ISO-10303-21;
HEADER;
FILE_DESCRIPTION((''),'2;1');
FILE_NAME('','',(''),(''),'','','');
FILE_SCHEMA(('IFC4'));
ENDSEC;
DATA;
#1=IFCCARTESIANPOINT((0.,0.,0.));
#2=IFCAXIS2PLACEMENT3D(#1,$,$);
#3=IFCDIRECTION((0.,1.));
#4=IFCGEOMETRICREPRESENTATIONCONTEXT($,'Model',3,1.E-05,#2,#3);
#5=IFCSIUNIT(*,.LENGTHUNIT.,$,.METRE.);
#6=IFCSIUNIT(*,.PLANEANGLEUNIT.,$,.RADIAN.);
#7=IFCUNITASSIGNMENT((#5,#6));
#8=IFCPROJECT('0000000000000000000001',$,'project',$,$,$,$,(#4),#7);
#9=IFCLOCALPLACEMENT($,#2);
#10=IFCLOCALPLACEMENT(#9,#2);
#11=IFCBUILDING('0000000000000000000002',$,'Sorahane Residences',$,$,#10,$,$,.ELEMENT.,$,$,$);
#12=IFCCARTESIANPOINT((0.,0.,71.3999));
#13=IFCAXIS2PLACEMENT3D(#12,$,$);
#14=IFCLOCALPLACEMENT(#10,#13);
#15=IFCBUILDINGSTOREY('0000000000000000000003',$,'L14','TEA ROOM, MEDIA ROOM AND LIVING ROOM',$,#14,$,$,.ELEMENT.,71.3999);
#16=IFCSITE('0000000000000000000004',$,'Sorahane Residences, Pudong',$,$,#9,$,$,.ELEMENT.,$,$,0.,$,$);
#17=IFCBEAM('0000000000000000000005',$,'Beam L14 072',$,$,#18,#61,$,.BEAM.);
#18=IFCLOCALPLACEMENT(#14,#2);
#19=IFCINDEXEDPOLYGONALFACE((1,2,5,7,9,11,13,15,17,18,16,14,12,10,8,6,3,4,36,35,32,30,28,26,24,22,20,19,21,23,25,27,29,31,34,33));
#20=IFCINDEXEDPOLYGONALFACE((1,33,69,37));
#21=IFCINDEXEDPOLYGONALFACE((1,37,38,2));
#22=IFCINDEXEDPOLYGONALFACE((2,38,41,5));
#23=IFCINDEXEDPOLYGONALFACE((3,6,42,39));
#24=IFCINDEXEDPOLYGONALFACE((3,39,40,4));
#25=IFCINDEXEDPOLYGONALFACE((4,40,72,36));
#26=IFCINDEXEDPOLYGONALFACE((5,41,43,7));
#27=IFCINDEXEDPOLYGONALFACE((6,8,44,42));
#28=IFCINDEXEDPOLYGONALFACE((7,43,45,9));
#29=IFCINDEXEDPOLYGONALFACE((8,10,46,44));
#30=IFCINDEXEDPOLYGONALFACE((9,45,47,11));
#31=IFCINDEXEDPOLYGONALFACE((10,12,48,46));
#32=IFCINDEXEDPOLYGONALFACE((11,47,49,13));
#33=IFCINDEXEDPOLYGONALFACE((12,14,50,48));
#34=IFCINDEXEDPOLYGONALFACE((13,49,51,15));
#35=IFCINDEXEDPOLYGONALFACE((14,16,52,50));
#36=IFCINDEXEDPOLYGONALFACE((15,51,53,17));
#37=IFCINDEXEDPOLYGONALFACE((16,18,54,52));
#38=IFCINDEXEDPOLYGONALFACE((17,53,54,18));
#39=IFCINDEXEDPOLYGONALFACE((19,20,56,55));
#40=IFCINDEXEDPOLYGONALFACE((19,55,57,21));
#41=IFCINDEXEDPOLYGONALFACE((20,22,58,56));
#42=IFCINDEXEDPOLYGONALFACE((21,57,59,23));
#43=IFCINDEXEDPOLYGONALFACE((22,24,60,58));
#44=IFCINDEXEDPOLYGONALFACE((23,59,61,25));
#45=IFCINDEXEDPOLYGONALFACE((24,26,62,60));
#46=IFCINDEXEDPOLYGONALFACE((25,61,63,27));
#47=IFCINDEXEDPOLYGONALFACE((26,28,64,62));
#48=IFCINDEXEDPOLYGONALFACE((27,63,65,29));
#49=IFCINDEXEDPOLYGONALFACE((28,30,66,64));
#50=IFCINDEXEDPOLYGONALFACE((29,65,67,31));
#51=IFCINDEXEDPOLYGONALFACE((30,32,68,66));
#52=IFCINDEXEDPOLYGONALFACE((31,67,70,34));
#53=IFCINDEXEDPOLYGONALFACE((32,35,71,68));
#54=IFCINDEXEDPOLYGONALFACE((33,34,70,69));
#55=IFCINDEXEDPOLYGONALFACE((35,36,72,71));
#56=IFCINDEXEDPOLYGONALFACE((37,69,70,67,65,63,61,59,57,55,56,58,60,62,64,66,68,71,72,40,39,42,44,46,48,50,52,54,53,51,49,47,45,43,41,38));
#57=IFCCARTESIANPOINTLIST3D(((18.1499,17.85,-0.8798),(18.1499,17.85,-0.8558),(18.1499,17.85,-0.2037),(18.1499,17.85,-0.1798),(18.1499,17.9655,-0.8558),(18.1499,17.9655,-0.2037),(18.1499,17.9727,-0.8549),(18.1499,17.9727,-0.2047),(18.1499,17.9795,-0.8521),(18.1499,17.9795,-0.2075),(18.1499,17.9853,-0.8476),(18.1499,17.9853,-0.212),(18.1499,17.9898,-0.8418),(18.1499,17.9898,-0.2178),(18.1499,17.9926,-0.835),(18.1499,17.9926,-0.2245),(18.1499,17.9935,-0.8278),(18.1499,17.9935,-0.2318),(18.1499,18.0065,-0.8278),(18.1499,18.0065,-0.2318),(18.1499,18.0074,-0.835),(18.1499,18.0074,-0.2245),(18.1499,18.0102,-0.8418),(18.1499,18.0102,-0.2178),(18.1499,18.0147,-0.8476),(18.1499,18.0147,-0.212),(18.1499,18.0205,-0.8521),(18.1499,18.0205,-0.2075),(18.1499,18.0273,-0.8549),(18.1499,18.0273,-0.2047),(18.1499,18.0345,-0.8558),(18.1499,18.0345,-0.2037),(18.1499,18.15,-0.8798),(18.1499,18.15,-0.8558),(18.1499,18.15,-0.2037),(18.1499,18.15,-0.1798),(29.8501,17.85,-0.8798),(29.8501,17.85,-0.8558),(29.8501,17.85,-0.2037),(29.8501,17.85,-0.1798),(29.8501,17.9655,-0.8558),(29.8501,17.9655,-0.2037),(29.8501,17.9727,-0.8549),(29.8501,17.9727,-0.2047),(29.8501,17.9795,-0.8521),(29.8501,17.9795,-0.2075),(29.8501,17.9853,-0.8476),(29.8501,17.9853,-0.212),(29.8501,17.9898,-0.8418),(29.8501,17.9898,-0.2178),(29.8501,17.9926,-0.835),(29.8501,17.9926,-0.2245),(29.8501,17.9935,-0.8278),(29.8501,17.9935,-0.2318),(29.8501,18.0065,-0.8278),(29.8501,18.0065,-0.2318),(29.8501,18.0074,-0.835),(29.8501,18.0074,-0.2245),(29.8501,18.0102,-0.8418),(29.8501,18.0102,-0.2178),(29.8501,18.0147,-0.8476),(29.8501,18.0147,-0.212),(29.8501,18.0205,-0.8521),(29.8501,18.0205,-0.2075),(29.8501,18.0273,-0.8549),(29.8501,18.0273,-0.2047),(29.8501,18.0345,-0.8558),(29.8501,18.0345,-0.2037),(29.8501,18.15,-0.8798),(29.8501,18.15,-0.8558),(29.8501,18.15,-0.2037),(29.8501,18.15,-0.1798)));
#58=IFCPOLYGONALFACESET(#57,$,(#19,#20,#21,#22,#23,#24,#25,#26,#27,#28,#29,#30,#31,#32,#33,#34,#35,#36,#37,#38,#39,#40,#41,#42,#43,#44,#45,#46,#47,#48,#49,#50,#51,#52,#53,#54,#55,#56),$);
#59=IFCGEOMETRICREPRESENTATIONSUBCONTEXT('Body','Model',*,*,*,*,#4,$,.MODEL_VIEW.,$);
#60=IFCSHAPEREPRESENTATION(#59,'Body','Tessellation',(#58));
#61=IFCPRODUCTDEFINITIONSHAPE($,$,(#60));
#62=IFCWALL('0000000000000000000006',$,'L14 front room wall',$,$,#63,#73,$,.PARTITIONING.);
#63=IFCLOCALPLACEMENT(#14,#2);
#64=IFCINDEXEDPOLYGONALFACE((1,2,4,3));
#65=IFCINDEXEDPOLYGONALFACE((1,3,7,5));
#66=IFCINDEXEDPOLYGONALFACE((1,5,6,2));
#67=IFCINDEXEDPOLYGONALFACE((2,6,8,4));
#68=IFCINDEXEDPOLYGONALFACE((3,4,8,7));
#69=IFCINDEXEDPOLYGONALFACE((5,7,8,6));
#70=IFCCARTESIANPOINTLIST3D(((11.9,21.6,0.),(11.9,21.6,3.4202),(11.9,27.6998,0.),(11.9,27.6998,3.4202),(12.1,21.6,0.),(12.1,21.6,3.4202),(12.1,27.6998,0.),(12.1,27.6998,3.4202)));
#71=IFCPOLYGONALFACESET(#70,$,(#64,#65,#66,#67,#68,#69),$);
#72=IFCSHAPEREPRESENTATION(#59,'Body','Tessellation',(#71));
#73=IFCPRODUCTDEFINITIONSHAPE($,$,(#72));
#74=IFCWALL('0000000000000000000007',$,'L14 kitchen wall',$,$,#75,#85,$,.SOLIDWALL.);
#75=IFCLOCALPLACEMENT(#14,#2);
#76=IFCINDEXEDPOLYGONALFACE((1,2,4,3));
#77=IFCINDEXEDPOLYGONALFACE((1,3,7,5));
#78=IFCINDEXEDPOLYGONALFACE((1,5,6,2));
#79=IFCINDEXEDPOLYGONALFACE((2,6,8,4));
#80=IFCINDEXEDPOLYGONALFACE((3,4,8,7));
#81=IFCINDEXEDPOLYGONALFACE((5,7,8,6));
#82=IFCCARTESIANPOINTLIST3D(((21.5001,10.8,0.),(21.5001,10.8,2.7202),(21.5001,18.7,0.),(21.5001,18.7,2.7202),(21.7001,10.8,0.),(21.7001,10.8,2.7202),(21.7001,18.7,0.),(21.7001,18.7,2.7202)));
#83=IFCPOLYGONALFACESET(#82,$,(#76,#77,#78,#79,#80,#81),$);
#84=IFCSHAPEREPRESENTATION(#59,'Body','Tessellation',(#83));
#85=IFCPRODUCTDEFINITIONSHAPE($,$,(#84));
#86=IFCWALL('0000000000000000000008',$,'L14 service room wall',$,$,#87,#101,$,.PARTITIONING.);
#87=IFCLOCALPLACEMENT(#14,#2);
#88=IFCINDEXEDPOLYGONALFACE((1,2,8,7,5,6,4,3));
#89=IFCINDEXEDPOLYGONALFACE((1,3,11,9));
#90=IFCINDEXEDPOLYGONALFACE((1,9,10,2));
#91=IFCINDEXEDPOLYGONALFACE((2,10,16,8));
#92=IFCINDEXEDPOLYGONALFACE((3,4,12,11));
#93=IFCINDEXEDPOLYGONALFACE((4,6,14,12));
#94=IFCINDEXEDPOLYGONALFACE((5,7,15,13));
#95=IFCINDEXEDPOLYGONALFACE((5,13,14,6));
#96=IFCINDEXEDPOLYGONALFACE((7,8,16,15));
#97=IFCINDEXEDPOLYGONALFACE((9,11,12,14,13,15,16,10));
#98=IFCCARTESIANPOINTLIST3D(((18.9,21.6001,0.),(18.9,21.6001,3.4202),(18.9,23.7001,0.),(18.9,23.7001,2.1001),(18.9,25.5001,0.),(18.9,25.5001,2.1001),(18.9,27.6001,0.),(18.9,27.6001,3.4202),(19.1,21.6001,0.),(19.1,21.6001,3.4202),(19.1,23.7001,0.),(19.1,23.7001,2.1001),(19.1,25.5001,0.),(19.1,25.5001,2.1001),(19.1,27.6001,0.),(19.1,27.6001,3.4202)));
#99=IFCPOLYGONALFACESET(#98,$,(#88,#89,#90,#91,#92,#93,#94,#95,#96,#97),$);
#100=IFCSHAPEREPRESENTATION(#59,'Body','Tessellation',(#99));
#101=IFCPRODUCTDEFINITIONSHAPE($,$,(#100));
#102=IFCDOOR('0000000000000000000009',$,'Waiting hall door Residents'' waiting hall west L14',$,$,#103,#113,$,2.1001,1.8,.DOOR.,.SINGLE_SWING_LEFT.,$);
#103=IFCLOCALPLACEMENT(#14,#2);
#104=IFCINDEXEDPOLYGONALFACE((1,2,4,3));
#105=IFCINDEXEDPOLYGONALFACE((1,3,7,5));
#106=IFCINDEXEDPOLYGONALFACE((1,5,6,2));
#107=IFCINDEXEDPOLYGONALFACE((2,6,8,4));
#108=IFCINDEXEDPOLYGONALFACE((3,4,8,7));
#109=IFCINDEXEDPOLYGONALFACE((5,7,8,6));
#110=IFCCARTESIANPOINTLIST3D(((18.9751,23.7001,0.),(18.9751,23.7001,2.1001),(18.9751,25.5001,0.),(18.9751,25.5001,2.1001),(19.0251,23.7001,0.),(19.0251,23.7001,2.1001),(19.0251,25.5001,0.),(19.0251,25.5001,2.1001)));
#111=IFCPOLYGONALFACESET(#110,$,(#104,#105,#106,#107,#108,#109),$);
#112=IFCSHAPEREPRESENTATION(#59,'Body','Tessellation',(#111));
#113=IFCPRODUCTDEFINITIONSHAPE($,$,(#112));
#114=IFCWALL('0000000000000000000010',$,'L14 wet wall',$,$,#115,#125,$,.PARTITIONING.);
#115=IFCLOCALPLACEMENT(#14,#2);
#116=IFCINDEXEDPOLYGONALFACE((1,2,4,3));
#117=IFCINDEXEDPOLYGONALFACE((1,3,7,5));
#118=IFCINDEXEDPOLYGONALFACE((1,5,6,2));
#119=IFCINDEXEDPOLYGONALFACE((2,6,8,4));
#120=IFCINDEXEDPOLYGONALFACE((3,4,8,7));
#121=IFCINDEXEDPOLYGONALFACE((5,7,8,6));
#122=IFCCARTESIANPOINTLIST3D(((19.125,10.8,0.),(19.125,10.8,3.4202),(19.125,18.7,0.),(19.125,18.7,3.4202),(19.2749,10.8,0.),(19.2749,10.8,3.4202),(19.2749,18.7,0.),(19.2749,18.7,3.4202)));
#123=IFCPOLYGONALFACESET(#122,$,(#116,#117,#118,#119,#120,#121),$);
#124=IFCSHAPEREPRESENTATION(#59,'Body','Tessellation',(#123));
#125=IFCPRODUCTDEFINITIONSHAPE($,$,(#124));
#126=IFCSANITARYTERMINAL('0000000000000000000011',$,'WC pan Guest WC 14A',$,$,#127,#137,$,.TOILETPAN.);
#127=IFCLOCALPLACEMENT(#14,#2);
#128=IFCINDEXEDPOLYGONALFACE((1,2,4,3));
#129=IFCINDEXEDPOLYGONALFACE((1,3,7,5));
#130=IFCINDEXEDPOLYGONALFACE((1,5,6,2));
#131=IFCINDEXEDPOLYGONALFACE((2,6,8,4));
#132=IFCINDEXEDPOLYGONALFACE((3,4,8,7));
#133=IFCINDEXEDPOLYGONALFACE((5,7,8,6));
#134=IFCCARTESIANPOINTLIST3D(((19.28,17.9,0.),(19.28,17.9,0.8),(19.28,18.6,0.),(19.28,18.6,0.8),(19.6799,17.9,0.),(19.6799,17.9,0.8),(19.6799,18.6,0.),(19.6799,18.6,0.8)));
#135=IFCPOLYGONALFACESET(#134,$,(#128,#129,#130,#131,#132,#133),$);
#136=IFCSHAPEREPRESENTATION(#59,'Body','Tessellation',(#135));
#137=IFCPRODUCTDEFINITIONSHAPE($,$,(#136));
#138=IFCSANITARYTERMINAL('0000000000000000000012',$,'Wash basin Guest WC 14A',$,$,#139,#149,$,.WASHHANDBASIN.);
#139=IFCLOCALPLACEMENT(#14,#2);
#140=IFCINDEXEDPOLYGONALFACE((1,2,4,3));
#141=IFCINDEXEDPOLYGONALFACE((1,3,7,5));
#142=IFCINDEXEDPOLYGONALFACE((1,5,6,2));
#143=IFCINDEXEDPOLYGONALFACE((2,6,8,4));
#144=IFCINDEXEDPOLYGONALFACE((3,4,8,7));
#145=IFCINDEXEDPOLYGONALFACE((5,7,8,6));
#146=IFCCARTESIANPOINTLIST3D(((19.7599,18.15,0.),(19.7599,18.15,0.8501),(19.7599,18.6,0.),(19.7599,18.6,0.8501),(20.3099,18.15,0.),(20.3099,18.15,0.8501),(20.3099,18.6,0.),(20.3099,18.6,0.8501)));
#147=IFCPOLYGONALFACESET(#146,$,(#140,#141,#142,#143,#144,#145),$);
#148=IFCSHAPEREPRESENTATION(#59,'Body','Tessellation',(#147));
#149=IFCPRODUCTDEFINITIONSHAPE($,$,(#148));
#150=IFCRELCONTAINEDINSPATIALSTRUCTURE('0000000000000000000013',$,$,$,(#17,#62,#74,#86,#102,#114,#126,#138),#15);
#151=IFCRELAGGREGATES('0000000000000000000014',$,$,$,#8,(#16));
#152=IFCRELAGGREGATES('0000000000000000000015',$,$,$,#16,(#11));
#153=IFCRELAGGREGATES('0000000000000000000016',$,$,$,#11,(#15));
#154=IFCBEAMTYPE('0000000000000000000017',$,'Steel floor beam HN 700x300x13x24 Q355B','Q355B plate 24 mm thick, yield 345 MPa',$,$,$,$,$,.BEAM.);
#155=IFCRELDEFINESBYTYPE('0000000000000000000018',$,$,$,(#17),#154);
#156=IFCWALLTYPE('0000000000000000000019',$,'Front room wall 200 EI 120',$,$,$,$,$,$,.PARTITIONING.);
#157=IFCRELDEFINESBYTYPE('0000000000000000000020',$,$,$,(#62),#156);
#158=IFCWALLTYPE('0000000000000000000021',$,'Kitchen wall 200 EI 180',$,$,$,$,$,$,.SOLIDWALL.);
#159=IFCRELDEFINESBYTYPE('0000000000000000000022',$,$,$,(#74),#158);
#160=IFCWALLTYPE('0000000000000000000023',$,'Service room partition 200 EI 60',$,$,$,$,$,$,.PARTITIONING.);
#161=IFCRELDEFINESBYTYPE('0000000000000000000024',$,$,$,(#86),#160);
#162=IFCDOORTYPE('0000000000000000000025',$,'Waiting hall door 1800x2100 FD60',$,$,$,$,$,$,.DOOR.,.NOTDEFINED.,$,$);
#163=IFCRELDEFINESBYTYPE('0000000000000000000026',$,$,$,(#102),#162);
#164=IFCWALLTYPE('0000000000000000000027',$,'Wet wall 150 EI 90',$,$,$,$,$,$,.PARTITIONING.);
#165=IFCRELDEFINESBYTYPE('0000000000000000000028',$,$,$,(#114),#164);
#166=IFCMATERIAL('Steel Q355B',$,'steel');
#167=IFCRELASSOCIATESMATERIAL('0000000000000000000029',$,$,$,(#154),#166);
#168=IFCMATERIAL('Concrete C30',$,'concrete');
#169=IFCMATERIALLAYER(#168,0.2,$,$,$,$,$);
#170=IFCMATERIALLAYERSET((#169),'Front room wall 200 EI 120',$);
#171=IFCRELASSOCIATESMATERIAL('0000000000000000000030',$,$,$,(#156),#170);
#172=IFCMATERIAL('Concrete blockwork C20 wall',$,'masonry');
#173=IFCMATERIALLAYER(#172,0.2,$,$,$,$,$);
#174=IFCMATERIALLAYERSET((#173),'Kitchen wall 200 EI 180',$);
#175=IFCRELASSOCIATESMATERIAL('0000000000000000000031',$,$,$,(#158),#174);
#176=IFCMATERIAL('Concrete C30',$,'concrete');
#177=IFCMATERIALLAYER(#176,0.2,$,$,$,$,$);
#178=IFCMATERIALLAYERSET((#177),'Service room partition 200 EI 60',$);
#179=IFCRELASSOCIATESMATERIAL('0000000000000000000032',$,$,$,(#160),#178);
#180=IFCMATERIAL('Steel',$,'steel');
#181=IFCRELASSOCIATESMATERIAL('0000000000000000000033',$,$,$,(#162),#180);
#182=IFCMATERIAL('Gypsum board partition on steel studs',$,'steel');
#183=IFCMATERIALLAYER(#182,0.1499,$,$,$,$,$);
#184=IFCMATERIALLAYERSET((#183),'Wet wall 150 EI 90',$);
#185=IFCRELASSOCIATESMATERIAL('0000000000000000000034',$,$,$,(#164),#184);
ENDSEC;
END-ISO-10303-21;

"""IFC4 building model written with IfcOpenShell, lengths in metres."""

from ifc_helpers import new_model, si_unit, direction, frame, frame_2d, origin, origin_2d, place, context, subcontext, project, spatial, rectangle, i_section, extrude, material, layer, layer_set, material_profile, profile_set, type_object, element, fill, save


model = new_model("IFC4")

# Units and contexts
model_context = context("Model", 3, precision=1e-05, world=origin(), true_north=direction((0.0, 1.0)))
body_context = subcontext(model_context, "Body", "Model", "MODEL_VIEW")
ifc_project = project(units=[si_unit("LENGTHUNIT", "METRE"), si_unit("PLANEANGLEUNIT", "RADIAN")], contexts=[model_context])

# Site, building, storey
site_placement = place(None, origin())
site = spatial("IfcSite", under=ifc_project, at=site_placement, Name="Sorahane Residences, Pudong", CompositionType="ELEMENT", RefElevation=0.0)
building_placement = place(site_placement, origin())
building = spatial("IfcBuilding", under=site, at=building_placement, Name="Sorahane Residences", CompositionType="ELEMENT")
storey_placement = place(building_placement, frame((0.0, 0.0, 71.3999)))
storey = spatial("IfcBuildingStorey", under=building, at=storey_placement, Name="L14", Description="TEA ROOM, MEDIA ROOM AND LIVING ROOM", CompositionType="ELEMENT", Elevation=71.3999)

# Beam
ifc_material_1 = material(Name="Steel Q355B", Category="steel")
ifc_material_profile_1 = material_profile(ifc_material_1, i_section(OverallWidth=0.3, OverallDepth=0.7, WebThickness=0.0129, FlangeThickness=0.0239, FilletRadius=0.0281, at=origin_2d()), Name="HN 700x300x13x24")
ifc_profile_set_1 = profile_set([ifc_material_profile_1], Name="Steel Q355B")
beam_type_1 = type_object("IfcBeamType", Name="Steel floor beam HN 700x300x13x24 Q355B", Description="Q355B plate 24 mm thick, yield 345 MPa", PredefinedType="BEAM", material=ifc_profile_set_1)
beam_1_placement = place(storey_placement, frame((18.1499, 18.0, -0.5298), z_axis=(1.0, 0.0, 0.0), x_axis=(0.0, 1.0, 0.0)))
element("IfcBeam", 1, at=beam_1_placement, inside=storey, type_object=beam_type_1, Name="Beam L14 072", PredefinedType="BEAM", context=body_context, shape_type="SweptSolid", body=[
    extrude(i_section(OverallWidth=0.3, OverallDepth=0.7, WebThickness=0.0129, FlangeThickness=0.0239, FilletRadius=0.0281, at=origin_2d()), origin(), (0.0, 0.0, 1.0), 11.7002),
])

# Walls
ifc_material_2 = material(Name="Concrete C30", Category="concrete")
ifc_layer_1 = layer(ifc_material_2, 0.2)
ifc_layer_set_1 = layer_set([ifc_layer_1], Name="Front room wall 200 EI 120")
wall_type_1 = type_object("IfcWallType", Name="Front room wall 200 EI 120", PredefinedType="PARTITIONING", material=ifc_layer_set_1)
wall_1_placement = place(storey_placement, frame((12.0, 21.6001, 0.0), z_axis=(0.0, 0.0, 1.0), x_axis=(0.0, 1.0, 0.0)))
element("IfcWall", 2, at=wall_1_placement, inside=storey, type_object=wall_type_1, Name="L14 front room wall", PredefinedType="PARTITIONING", context=body_context, shape_type="SweptSolid", body=[
    extrude(rectangle(XDim=6.0999, YDim=0.2, at=frame_2d((3.0498, 0.0))), origin(), (0.0, 0.0, 1.0), 3.4202),
])
ifc_material_3 = material(Name="Concrete blockwork C20 wall", Category="masonry")
ifc_layer_2 = layer(ifc_material_3, 0.2)
ifc_layer_set_2 = layer_set([ifc_layer_2], Name="Kitchen wall 200 EI 180")
wall_type_2 = type_object("IfcWallType", Name="Kitchen wall 200 EI 180", PredefinedType="SOLIDWALL", material=ifc_layer_set_2)
wall_2_placement = place(storey_placement, frame((21.6001, 10.8, 0.0), z_axis=(0.0, 0.0, 1.0), x_axis=(0.0, 1.0, 0.0)))
element("IfcWall", 3, at=wall_2_placement, inside=storey, type_object=wall_type_2, Name="L14 kitchen wall", PredefinedType="SOLIDWALL", context=body_context, shape_type="SweptSolid", body=[
    extrude(rectangle(XDim=7.8999, YDim=0.2, at=frame_2d((3.95, 0.0))), origin(), (0.0, 0.0, 1.0), 2.7202),
])

# Wall, opening, door
ifc_material_4 = material(Name="Concrete C30", Category="concrete")
ifc_layer_3 = layer(ifc_material_4, 0.2)
ifc_layer_set_3 = layer_set([ifc_layer_3], Name="Service room partition 200 EI 60")
wall_type_3 = type_object("IfcWallType", Name="Service room partition 200 EI 60", PredefinedType="PARTITIONING", material=ifc_layer_set_3)
wall_3_placement = place(storey_placement, frame((19.0, 21.6001, 0.0), z_axis=(0.0, 0.0, 1.0), x_axis=(0.0, 1.0, 0.0)))
wall_3 = element("IfcWall", 4, at=wall_3_placement, inside=storey, type_object=wall_type_3, Name="L14 service room wall", PredefinedType="PARTITIONING", context=body_context, shape_type="SweptSolid", body=[
    extrude(rectangle(XDim=6.0, YDim=0.2, at=frame_2d((3.0, 0.0))), origin(), (0.0, 0.0, 1.0), 3.4202),
])
opening_1_placement = place(wall_3_placement, frame((2.1001, 0.0, 0.0)))
opening_1 = element("IfcOpeningElement", 5, at=opening_1_placement, cuts=wall_3, PredefinedType="OPENING", context=body_context, shape_type="SweptSolid", body=[
    extrude(rectangle(XDim=1.8, YDim=2.1001, at=frame_2d((0.8999, 1.05))), frame((0.0, 0.1099, 0.0), z_axis=(0.0, -1.0, 0.0), x_axis=(1.0, 0.0, 0.0)), (0.0, 0.0, 1.0), 0.22),
])
ifc_material_5 = material(Name="Steel", Category="steel")
door_type_1 = type_object("IfcDoorType", Name="Waiting hall door 1800x2100 FD60", OperationType="NOTDEFINED", PredefinedType="DOOR", material=ifc_material_5)
door_1_placement = place(opening_1_placement, origin())
door_1 = element("IfcDoor", 6, at=door_1_placement, inside=storey, type_object=door_type_1, Name="Waiting hall door Residents' waiting hall west L14", OperationType="SINGLE_SWING_LEFT", OverallHeight=2.1001, OverallWidth=1.8, PredefinedType="DOOR", context=body_context, shape_type="SweptSolid", body=[
    extrude(rectangle(XDim=1.8, YDim=2.1001, at=frame_2d((0.8999, 1.05))), frame((0.0, 0.0249, 0.0), z_axis=(0.0, -1.0, 0.0), x_axis=(1.0, 0.0, 0.0)), (0.0, 0.0, 1.0), 0.05),
])
fill(opening_1, door_1)

# Wall
ifc_material_6 = material(Name="Gypsum board partition on steel studs", Category="steel")
ifc_layer_4 = layer(ifc_material_6, 0.1499)
ifc_layer_set_4 = layer_set([ifc_layer_4], Name="Wet wall 150 EI 90")
wall_type_4 = type_object("IfcWallType", Name="Wet wall 150 EI 90", PredefinedType="PARTITIONING", material=ifc_layer_set_4)
wall_4_placement = place(storey_placement, frame((19.2, 10.8, 0.0), z_axis=(0.0, 0.0, 1.0), x_axis=(0.0, 1.0, 0.0)))
element("IfcWall", 7, at=wall_4_placement, inside=storey, type_object=wall_type_4, Name="L14 wet wall", PredefinedType="PARTITIONING", context=body_context, shape_type="SweptSolid", body=[
    extrude(rectangle(XDim=7.8999, YDim=0.1499, at=frame_2d((3.95, 0.0))), origin(), (0.0, 0.0, 1.0), 3.4202),
])

# Sanitary terminals
sanitary_terminal_1_placement = place(storey_placement, frame((19.48, 18.25, 0.0), z_axis=(0.0, 0.0, 1.0), x_axis=(1.0, 0.0, 0.0)))
element("IfcSanitaryTerminal", 8, at=sanitary_terminal_1_placement, inside=storey, Name="WC pan Guest WC 14A", PredefinedType="TOILETPAN", context=body_context, shape_type="SweptSolid", body=[
    extrude(rectangle(XDim=0.3999, YDim=0.7, at=origin_2d()), origin(), (0.0, 0.0, 1.0), 0.8),
])
sanitary_terminal_2_placement = place(storey_placement, frame((20.0349, 18.375, 0.0), z_axis=(0.0, 0.0, 1.0), x_axis=(1.0, 0.0, 0.0)))
element("IfcSanitaryTerminal", 9, at=sanitary_terminal_2_placement, inside=storey, Name="Wash basin Guest WC 14A", PredefinedType="WASHHANDBASIN", context=body_context, shape_type="SweptSolid", body=[
    extrude(rectangle(XDim=0.55, YDim=0.45, at=origin_2d()), origin(), (0.0, 0.0, 1.0), 0.8501),
])

save(model, "model.ifc")
